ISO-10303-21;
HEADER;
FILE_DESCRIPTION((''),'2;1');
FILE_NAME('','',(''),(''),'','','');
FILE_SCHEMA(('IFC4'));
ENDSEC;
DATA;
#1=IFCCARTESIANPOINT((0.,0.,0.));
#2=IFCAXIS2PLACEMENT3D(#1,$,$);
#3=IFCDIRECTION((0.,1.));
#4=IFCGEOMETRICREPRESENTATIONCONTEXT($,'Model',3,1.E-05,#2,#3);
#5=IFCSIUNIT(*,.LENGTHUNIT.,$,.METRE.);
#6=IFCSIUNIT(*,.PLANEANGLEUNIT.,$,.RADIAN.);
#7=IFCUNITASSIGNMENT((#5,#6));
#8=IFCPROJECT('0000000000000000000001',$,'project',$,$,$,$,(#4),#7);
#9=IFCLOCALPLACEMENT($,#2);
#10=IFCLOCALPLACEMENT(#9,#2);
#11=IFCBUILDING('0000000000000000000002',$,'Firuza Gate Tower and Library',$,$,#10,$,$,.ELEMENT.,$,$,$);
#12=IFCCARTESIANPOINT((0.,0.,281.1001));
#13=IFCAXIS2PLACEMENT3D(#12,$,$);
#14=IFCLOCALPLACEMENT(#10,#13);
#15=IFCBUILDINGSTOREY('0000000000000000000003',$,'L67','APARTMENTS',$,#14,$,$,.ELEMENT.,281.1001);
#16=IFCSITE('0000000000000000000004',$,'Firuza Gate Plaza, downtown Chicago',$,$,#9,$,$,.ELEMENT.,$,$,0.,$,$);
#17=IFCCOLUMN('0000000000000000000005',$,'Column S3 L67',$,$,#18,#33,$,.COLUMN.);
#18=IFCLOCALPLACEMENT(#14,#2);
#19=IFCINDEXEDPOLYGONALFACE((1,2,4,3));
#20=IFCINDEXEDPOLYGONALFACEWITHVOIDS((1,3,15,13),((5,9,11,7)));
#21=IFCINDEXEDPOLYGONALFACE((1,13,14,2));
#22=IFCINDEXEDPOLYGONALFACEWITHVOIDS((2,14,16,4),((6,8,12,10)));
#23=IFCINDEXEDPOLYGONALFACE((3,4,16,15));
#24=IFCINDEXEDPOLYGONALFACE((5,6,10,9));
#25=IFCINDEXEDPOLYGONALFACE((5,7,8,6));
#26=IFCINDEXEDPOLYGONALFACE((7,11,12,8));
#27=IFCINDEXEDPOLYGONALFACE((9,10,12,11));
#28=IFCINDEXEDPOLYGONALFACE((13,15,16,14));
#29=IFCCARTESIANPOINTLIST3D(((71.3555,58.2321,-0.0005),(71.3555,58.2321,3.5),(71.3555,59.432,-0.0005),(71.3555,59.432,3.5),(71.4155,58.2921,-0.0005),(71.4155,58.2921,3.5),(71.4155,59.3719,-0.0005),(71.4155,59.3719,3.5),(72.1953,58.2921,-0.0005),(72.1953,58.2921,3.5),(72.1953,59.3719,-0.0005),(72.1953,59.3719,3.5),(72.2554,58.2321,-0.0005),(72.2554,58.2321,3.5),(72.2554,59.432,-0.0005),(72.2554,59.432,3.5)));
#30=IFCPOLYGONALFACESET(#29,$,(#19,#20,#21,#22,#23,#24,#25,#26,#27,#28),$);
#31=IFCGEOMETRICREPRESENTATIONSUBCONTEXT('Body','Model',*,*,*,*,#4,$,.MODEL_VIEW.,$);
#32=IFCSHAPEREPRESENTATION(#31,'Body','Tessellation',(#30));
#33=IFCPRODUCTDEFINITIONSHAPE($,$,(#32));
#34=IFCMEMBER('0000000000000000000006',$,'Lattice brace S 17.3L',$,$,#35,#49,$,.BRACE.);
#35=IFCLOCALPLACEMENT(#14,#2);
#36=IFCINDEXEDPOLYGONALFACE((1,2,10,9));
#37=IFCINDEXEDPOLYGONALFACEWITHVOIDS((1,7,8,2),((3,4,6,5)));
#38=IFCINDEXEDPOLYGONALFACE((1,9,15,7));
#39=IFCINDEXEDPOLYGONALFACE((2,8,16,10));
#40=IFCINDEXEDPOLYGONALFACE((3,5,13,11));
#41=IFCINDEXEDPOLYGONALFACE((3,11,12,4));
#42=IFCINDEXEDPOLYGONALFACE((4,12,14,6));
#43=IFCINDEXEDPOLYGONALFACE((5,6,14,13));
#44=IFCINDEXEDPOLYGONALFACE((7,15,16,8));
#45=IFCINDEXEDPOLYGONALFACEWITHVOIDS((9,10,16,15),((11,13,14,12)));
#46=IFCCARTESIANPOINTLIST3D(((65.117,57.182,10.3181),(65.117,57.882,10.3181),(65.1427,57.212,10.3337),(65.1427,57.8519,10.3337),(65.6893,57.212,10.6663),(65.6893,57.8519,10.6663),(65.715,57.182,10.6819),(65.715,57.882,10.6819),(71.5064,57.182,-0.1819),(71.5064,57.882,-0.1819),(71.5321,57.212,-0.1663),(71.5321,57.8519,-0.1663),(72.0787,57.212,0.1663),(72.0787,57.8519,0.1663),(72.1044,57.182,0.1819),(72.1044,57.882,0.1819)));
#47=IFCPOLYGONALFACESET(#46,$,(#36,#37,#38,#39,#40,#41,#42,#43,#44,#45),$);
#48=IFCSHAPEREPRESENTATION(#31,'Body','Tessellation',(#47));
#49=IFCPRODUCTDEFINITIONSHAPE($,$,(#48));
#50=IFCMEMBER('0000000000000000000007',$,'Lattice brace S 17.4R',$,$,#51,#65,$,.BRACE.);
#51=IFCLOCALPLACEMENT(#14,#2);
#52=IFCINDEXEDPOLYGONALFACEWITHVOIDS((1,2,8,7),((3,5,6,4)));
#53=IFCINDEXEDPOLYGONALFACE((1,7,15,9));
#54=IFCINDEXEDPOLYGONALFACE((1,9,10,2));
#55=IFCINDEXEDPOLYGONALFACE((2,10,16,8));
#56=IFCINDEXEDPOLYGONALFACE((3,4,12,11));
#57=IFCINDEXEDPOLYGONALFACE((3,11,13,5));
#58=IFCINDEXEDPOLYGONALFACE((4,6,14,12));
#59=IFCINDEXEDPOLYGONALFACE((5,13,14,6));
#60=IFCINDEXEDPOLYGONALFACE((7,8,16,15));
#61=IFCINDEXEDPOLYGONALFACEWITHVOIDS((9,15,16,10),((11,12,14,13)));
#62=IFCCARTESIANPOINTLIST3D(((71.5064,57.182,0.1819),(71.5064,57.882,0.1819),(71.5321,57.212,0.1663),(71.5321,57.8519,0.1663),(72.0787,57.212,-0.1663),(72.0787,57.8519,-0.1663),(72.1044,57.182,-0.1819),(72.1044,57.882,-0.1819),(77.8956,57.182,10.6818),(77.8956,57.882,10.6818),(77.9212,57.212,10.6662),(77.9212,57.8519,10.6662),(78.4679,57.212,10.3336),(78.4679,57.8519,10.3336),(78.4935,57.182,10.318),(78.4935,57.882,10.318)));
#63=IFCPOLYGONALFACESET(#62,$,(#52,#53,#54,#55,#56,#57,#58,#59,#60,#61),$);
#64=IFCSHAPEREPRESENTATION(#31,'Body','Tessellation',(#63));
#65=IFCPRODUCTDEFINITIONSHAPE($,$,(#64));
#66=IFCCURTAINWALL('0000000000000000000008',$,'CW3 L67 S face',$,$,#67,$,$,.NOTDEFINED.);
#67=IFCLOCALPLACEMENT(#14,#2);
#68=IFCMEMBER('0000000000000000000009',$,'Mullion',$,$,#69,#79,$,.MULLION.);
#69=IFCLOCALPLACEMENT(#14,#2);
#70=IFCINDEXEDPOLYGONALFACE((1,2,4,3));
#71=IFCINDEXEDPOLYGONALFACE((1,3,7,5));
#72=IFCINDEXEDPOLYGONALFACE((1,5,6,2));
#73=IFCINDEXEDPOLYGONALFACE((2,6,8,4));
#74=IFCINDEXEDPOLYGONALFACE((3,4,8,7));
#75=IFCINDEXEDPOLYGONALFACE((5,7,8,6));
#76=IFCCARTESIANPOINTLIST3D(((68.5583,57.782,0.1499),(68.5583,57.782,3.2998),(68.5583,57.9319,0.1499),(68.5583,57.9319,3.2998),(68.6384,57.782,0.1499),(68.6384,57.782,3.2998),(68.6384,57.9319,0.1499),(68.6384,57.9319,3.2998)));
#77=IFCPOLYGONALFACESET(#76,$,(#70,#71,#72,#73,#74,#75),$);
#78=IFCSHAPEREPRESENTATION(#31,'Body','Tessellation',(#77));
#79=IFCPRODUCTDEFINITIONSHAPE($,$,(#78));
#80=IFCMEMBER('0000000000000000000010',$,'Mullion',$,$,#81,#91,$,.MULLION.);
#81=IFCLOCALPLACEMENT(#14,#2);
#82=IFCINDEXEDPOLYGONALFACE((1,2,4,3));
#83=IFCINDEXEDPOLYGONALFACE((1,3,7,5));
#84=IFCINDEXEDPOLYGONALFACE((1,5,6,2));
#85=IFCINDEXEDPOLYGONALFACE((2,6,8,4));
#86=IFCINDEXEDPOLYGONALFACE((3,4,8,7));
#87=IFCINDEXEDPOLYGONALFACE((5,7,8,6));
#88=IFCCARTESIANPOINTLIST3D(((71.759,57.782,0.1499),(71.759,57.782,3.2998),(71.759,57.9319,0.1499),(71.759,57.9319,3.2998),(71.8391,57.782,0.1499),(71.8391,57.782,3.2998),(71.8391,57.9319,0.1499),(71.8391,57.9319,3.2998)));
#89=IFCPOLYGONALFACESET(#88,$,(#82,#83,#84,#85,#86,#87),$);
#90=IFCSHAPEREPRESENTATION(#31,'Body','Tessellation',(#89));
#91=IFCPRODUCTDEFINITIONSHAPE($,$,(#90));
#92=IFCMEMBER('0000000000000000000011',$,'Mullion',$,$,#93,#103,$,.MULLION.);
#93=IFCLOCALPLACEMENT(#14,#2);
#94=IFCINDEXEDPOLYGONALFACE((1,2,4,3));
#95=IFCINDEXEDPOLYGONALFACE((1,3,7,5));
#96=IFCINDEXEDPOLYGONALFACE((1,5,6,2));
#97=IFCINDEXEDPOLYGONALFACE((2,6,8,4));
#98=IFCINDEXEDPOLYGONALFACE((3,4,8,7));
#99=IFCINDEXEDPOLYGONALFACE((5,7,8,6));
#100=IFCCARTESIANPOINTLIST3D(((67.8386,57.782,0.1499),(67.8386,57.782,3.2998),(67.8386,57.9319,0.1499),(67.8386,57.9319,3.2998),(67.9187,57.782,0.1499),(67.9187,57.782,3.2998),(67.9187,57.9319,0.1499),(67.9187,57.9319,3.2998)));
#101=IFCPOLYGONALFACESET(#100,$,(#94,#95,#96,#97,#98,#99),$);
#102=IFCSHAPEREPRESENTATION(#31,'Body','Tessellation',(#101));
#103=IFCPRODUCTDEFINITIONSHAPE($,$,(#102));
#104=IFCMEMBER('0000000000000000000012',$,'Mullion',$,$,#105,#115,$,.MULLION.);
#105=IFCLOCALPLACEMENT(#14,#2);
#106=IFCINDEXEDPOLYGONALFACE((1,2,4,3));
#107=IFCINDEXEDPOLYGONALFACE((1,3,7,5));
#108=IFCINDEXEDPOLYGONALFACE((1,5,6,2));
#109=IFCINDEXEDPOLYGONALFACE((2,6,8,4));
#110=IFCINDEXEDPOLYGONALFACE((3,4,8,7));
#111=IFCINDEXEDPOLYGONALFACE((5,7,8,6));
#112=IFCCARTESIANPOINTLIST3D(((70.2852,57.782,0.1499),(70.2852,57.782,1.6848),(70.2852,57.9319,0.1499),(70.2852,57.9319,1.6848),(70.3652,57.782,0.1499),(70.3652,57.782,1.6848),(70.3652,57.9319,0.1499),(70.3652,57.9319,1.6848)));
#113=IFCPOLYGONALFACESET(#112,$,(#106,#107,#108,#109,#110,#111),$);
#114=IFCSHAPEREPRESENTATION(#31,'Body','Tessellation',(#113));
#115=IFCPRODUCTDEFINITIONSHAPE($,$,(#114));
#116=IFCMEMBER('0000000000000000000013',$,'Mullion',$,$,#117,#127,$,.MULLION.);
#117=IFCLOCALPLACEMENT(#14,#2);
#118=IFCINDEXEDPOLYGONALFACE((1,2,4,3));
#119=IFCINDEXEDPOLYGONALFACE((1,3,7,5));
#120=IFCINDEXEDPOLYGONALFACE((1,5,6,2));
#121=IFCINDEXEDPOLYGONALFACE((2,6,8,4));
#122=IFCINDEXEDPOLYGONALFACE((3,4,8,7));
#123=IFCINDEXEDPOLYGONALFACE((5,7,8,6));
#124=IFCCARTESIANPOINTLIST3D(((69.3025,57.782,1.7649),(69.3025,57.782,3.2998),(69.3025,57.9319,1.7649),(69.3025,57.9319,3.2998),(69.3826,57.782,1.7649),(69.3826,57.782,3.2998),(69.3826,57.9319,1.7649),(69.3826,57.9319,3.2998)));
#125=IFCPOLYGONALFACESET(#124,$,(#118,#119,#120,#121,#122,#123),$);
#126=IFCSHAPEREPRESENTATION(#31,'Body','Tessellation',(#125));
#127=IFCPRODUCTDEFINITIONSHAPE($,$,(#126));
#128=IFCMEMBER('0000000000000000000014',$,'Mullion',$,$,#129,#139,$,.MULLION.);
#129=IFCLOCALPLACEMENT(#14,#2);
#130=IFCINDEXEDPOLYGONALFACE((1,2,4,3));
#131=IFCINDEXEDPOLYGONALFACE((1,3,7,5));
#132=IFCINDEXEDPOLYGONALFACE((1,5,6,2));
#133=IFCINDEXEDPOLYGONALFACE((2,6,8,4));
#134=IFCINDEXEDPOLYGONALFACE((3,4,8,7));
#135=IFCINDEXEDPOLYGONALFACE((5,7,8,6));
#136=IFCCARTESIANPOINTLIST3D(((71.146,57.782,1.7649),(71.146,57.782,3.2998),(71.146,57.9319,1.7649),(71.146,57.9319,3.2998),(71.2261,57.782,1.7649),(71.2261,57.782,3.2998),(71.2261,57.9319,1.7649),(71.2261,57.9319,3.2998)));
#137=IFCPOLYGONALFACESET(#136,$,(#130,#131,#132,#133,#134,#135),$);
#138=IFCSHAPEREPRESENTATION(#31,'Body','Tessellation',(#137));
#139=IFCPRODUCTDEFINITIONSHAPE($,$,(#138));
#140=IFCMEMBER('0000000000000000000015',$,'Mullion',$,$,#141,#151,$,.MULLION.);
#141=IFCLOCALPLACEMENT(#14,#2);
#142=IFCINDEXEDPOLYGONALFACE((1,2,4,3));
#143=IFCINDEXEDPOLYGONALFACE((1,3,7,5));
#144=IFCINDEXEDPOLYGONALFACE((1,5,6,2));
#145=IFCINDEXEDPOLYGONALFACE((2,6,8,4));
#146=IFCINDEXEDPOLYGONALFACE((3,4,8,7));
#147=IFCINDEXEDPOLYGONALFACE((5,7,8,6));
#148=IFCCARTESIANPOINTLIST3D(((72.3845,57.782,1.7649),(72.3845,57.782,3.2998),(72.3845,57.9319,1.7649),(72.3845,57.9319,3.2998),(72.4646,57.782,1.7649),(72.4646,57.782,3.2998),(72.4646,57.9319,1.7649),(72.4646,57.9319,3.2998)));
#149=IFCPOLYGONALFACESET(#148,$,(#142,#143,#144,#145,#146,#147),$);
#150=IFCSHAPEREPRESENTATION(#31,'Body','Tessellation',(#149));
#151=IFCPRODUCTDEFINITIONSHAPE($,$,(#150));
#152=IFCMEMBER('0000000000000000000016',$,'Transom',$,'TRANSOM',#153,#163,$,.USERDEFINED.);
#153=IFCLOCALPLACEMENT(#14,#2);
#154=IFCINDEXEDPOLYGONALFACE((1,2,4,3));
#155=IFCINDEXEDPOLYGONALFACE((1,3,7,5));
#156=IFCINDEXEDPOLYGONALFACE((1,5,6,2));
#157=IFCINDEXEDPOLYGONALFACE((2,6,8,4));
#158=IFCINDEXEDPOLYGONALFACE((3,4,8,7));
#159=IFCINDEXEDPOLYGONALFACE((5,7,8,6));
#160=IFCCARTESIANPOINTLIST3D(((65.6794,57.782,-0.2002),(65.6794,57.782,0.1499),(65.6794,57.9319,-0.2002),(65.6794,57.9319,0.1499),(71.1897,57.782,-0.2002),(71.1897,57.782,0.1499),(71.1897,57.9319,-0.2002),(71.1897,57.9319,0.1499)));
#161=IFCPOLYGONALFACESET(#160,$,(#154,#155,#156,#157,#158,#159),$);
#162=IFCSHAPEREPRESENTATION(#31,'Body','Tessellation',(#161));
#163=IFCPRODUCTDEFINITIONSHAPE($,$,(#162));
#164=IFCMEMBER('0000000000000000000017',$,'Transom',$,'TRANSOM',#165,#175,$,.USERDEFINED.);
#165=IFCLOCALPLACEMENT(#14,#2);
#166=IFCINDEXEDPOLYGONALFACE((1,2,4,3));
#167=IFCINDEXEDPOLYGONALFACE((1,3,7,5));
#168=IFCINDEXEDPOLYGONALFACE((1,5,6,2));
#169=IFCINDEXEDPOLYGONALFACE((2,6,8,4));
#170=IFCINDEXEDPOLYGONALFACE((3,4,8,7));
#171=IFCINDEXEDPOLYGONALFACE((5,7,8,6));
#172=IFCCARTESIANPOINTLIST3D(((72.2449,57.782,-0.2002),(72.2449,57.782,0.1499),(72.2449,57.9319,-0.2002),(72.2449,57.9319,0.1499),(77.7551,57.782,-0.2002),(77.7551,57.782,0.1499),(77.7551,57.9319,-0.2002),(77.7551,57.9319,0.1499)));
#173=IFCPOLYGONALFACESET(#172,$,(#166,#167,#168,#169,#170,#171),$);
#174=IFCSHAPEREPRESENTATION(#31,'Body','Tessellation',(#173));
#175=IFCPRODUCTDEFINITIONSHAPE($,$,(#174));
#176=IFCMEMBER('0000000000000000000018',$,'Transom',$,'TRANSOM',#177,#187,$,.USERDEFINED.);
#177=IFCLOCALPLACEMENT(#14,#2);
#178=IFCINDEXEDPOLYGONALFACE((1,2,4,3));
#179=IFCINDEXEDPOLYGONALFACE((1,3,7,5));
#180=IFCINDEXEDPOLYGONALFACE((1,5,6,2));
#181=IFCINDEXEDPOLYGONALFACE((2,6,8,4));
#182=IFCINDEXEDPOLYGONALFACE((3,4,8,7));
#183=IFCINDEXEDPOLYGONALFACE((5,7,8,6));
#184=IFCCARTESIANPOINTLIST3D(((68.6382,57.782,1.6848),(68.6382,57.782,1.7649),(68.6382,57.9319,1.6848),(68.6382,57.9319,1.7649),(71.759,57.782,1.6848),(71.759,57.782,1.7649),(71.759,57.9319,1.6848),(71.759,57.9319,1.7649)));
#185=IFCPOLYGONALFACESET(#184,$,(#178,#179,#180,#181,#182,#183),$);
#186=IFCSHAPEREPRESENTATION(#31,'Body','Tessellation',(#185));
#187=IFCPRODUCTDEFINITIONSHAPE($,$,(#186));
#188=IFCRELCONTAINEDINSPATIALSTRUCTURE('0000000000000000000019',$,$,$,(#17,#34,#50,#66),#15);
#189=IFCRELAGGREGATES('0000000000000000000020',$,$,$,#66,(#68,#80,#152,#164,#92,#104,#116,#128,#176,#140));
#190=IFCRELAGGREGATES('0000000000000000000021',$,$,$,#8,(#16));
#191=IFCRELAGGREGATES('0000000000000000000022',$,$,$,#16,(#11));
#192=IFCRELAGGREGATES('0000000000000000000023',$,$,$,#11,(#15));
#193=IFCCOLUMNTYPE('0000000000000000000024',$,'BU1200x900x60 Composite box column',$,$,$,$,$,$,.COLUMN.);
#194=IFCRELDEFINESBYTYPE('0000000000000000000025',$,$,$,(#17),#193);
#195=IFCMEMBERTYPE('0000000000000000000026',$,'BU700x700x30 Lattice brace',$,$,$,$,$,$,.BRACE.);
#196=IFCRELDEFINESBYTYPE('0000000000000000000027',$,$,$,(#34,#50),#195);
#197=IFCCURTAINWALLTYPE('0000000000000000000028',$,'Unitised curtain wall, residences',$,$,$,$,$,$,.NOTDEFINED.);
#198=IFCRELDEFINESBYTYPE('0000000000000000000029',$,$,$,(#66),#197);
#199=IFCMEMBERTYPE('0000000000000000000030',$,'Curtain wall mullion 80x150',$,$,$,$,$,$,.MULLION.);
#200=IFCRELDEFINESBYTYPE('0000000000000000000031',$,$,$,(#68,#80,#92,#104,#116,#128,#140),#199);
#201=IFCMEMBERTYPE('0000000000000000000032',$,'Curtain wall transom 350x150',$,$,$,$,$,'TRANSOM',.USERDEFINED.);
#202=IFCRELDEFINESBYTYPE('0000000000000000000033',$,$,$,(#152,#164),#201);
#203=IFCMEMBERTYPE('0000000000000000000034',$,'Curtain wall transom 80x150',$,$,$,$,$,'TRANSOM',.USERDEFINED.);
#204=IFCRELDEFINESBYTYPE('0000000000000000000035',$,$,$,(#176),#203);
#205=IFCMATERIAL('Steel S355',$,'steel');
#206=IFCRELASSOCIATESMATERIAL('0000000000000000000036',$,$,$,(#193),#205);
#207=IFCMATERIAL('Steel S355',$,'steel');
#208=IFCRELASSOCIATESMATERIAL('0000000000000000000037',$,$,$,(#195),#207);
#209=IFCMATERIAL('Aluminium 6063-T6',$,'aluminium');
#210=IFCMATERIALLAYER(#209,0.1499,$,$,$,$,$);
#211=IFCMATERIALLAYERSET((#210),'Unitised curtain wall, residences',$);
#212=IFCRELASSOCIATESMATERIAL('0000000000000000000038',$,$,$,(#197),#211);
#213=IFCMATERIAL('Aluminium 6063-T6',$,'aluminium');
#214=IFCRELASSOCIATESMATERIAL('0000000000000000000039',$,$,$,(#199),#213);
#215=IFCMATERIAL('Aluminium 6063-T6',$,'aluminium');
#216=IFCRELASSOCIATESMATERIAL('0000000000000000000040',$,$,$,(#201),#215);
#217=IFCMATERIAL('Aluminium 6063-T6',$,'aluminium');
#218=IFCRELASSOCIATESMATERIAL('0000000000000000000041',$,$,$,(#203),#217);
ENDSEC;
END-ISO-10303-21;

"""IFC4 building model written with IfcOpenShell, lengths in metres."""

from ifc_helpers import new_model, si_unit, direction, frame, origin, origin_2d, place, context, subcontext, project, spatial, rectangle, hollow_rectangle, extrude, material, layer, layer_set, material_profile, profile_set, type_object, element, aggregate, save


model = new_model("IFC4")

# Units and contexts
model_context = context("Model", 3, precision=1e-05, world=origin(), true_north=direction((0.0, 1.0)))
body_context = subcontext(model_context, "Body", "Model", "MODEL_VIEW")
ifc_project = project(units=[si_unit("LENGTHUNIT", "METRE"), si_unit("PLANEANGLEUNIT", "RADIAN")], contexts=[model_context])

# Site, building, storey
site_placement = place(None, origin())
site = spatial("IfcSite", under=ifc_project, at=site_placement, Name="Firuza Gate Plaza, downtown Chicago", CompositionType="ELEMENT", RefElevation=0.0)
building_placement = place(site_placement, origin())
building = spatial("IfcBuilding", under=site, at=building_placement, Name="Firuza Gate Tower and Library", CompositionType="ELEMENT")
storey_placement = place(building_placement, frame((0.0, 0.0, 281.1001)))
storey = spatial("IfcBuildingStorey", under=building, at=storey_placement, Name="L67", Description="APARTMENTS", CompositionType="ELEMENT", Elevation=281.1001)

# Column
ifc_material_1 = material(Name="Steel S355", Category="steel")
ifc_material_profile_1 = material_profile(ifc_material_1, hollow_rectangle(XDim=0.8999, YDim=1.2, WallThickness=0.0601, at=origin_2d()))
ifc_profile_set_1 = profile_set([ifc_material_profile_1], Name="Steel S355")
column_type = type_object("IfcColumnType", Name="BU1200x900x60 Composite box column", PredefinedType="COLUMN", material=ifc_profile_set_1)
column_placement = place(storey_placement, frame((71.8054, 58.832, -0.0005), z_axis=(0.0, 0.0, 1.0), x_axis=(1.0, 0.0, 0.0)))
element("IfcColumn", 1, at=column_placement, inside=storey, type_object=column_type, Name="Column S3 L67", PredefinedType="COLUMN", context=body_context, shape_type="SweptSolid", body=[
    extrude(hollow_rectangle(XDim=0.8999, YDim=1.2, WallThickness=0.0601, at=origin_2d()), origin(), (0.0, 0.0, 1.0), 3.5005),
])

# Members
ifc_material_2 = material(Name="Steel S355", Category="steel")
ifc_material_profile_2 = material_profile(ifc_material_2, hollow_rectangle(XDim=0.7, YDim=0.7, WallThickness=0.03, at=origin_2d()))
ifc_profile_set_2 = profile_set([ifc_material_profile_2], Name="Steel S355")
member_type_1 = type_object("IfcMemberType", Name="BU700x700x30 Lattice brace", PredefinedType="BRACE", material=ifc_profile_set_2)
member_1_placement = place(storey_placement, frame((71.8054, 57.532, 0.0), z_axis=(-0.519834, 0.0, 0.854267), x_axis=(0.0, -1.0, 0.0)))
element("IfcMember", 2, at=member_1_placement, inside=storey, type_object=member_type_1, Name="Lattice brace S 17.3L", PredefinedType="BRACE", context=body_context, shape_type="SweptSolid", body=[
    extrude(hollow_rectangle(XDim=0.7, YDim=0.7, WallThickness=0.03, at=origin_2d()), origin(), (0.0, 0.0, 1.0), 12.2913),
])
member_2_placement = place(storey_placement, frame((71.8054, 57.532, 0.0), z_axis=(0.51982, 0.0, 0.854276), x_axis=(0.0, 1.0, 0.0)))
element("IfcMember", 3, at=member_2_placement, inside=storey, type_object=member_type_1, Name="Lattice brace S 17.4R", PredefinedType="BRACE", context=body_context, shape_type="SweptSolid", body=[
    extrude(hollow_rectangle(XDim=0.7, YDim=0.7, WallThickness=0.03, at=origin_2d()), origin(), (0.0, 0.0, 1.0), 12.291),
])

# Curtain wall, members
ifc_material_3 = material(Name="Aluminium 6063-T6", Category="aluminium")
ifc_layer_1 = layer(ifc_material_3, 0.1499)
ifc_layer_set_1 = layer_set([ifc_layer_1], Name="Unitised curtain wall, residences")
curtain_wall_type = type_object("IfcCurtainWallType", Name="Unitised curtain wall, residences", PredefinedType="NOTDEFINED", material=ifc_layer_set_1)
curtain_wall_placement = place(storey_placement, origin())
curtain_wall = element("IfcCurtainWall", 4, at=curtain_wall_placement, inside=storey, type_object=curtain_wall_type, Name="CW3 L67 S face", PredefinedType="NOTDEFINED")
ifc_material_4 = material(Name="Aluminium 6063-T6", Category="aluminium")
ifc_material_profile_3 = material_profile(ifc_material_4, rectangle(XDim=0.1499, YDim=0.0801, at=origin_2d()))
ifc_profile_set_3 = profile_set([ifc_material_profile_3], Name="Aluminium 6063-T6")
member_type_2 = type_object("IfcMemberType", Name="Curtain wall mullion 80x150", PredefinedType="MULLION", material=ifc_profile_set_3)
member_3_placement = place(storey_placement, frame((68.5984, 57.8569, 0.1499), z_axis=(0.0, 0.0, 1.0), x_axis=(0.0, 1.0, 0.0)))
member_3 = element("IfcMember", 5, at=member_3_placement, type_object=member_type_2, Name="Mullion", PredefinedType="MULLION", context=body_context, shape_type="SweptSolid", body=[
    extrude(rectangle(XDim=0.1499, YDim=0.0801, at=origin_2d()), origin(), (0.0, 0.0, 1.0), 3.1499),
])
member_4_placement = place(storey_placement, frame((71.7991, 57.8569, 0.1499), z_axis=(0.0, 0.0, 1.0), x_axis=(0.0, 1.0, 0.0)))
member_4 = element("IfcMember", 6, at=member_4_placement, type_object=member_type_2, Name="Mullion", PredefinedType="MULLION", context=body_context, shape_type="SweptSolid", body=[
    extrude(rectangle(XDim=0.1499, YDim=0.0801, at=origin_2d()), origin(), (0.0, 0.0, 1.0), 3.1499),
])
member_5_placement = place(storey_placement, frame((67.8787, 57.8569, 0.1499), z_axis=(0.0, 0.0, 1.0), x_axis=(0.0, 1.0, 0.0)))
member_5 = element("IfcMember", 7, at=member_5_placement, type_object=member_type_2, Name="Mullion", PredefinedType="MULLION", context=body_context, shape_type="SweptSolid", body=[
    extrude(rectangle(XDim=0.1499, YDim=0.0801, at=origin_2d()), origin(), (0.0, 0.0, 1.0), 3.1499),
])
member_6_placement = place(storey_placement, frame((70.3252, 57.8569, 0.1499), z_axis=(0.0, 0.0, 1.0), x_axis=(0.0, 1.0, 0.0)))
member_6 = element("IfcMember", 8, at=member_6_placement, type_object=member_type_2, Name="Mullion", PredefinedType="MULLION", context=body_context, shape_type="SweptSolid", body=[
    extrude(rectangle(XDim=0.1499, YDim=0.0801, at=origin_2d()), origin(), (0.0, 0.0, 1.0), 1.5349),
])
member_7_placement = place(storey_placement, frame((69.3425, 57.8569, 1.7649), z_axis=(0.0, 0.0, 1.0), x_axis=(0.0, 1.0, 0.0)))
member_7 = element("IfcMember", 9, at=member_7_placement, type_object=member_type_2, Name="Mullion", PredefinedType="MULLION", context=body_context, shape_type="SweptSolid", body=[
    extrude(rectangle(XDim=0.1499, YDim=0.0801, at=origin_2d()), origin(), (0.0, 0.0, 1.0), 1.5349),
])
member_8_placement = place(storey_placement, frame((71.186, 57.8569, 1.7649), z_axis=(0.0, 0.0, 1.0), x_axis=(0.0, 1.0, 0.0)))
member_8 = element("IfcMember", 10, at=member_8_placement, type_object=member_type_2, Name="Mullion", PredefinedType="MULLION", context=body_context, shape_type="SweptSolid", body=[
    extrude(rectangle(XDim=0.1499, YDim=0.0801, at=origin_2d()), origin(), (0.0, 0.0, 1.0), 1.5349),
])
member_9_placement = place(storey_placement, frame((72.4246, 57.8569, 1.7649), z_axis=(0.0, 0.0, 1.0), x_axis=(0.0, 1.0, 0.0)))
member_9 = element("IfcMember", 11, at=member_9_placement, type_object=member_type_2, Name="Mullion", PredefinedType="MULLION", context=body_context, shape_type="SweptSolid", body=[
    extrude(rectangle(XDim=0.1499, YDim=0.0801, at=origin_2d()), origin(), (0.0, 0.0, 1.0), 1.5349),
])
ifc_material_5 = material(Name="Aluminium 6063-T6", Category="aluminium")
ifc_material_profile_4 = material_profile(ifc_material_5, rectangle(XDim=0.1499, YDim=0.3501, at=origin_2d()))
ifc_profile_set_4 = profile_set([ifc_material_profile_4], Name="Aluminium 6063-T6")
member_type_3 = type_object("IfcMemberType", Name="Curtain wall transom 350x150", ElementType="TRANSOM", PredefinedType="USERDEFINED", material=ifc_profile_set_4)
member_10_placement = place(storey_placement, frame((65.6794, 57.8569, -0.0251), z_axis=(1.0, 0.0, 0.0), x_axis=(0.0, 1.0, 0.0)))
member_10 = element("IfcMember", 12, at=member_10_placement, type_object=member_type_3, Name="Transom", ObjectType="TRANSOM", PredefinedType="USERDEFINED", context=body_context, shape_type="SweptSolid", body=[
    extrude(rectangle(XDim=0.1499, YDim=0.3501, at=origin_2d()), origin(), (0.0, 0.0, 1.0), 5.5103),
])
member_11_placement = place(storey_placement, frame((72.2449, 57.8569, -0.0251), z_axis=(1.0, 0.0, 0.0), x_axis=(0.0, 1.0, 0.0)))
member_11 = element("IfcMember", 13, at=member_11_placement, type_object=member_type_3, Name="Transom", ObjectType="TRANSOM", PredefinedType="USERDEFINED", context=body_context, shape_type="SweptSolid", body=[
    extrude(rectangle(XDim=0.1499, YDim=0.3501, at=origin_2d()), origin(), (0.0, 0.0, 1.0), 5.5103),
])
ifc_material_6 = material(Name="Aluminium 6063-T6", Category="aluminium")
ifc_material_profile_5 = material_profile(ifc_material_6, rectangle(XDim=0.1499, YDim=0.0801, at=origin_2d()))
ifc_profile_set_5 = profile_set([ifc_material_profile_5], Name="Aluminium 6063-T6")
member_type_4 = type_object("IfcMemberType", Name="Curtain wall transom 80x150", ElementType="TRANSOM", PredefinedType="USERDEFINED", material=ifc_profile_set_5)
member_12_placement = place(storey_placement, frame((68.6382, 57.8569, 1.7249), z_axis=(1.0, 0.0, 0.0), x_axis=(0.0, 1.0, 0.0)))
member_12 = element("IfcMember", 14, at=member_12_placement, type_object=member_type_4, Name="Transom", ObjectType="TRANSOM", PredefinedType="USERDEFINED", context=body_context, shape_type="SweptSolid", body=[
    extrude(rectangle(XDim=0.1499, YDim=0.0801, at=origin_2d()), origin(), (0.0, 0.0, 1.0), 3.1208),
])

aggregate(curtain_wall, [member_3, member_4, member_10, member_11, member_5, member_6, member_7, member_8, member_12, member_9])

save(model, "model.ifc")
